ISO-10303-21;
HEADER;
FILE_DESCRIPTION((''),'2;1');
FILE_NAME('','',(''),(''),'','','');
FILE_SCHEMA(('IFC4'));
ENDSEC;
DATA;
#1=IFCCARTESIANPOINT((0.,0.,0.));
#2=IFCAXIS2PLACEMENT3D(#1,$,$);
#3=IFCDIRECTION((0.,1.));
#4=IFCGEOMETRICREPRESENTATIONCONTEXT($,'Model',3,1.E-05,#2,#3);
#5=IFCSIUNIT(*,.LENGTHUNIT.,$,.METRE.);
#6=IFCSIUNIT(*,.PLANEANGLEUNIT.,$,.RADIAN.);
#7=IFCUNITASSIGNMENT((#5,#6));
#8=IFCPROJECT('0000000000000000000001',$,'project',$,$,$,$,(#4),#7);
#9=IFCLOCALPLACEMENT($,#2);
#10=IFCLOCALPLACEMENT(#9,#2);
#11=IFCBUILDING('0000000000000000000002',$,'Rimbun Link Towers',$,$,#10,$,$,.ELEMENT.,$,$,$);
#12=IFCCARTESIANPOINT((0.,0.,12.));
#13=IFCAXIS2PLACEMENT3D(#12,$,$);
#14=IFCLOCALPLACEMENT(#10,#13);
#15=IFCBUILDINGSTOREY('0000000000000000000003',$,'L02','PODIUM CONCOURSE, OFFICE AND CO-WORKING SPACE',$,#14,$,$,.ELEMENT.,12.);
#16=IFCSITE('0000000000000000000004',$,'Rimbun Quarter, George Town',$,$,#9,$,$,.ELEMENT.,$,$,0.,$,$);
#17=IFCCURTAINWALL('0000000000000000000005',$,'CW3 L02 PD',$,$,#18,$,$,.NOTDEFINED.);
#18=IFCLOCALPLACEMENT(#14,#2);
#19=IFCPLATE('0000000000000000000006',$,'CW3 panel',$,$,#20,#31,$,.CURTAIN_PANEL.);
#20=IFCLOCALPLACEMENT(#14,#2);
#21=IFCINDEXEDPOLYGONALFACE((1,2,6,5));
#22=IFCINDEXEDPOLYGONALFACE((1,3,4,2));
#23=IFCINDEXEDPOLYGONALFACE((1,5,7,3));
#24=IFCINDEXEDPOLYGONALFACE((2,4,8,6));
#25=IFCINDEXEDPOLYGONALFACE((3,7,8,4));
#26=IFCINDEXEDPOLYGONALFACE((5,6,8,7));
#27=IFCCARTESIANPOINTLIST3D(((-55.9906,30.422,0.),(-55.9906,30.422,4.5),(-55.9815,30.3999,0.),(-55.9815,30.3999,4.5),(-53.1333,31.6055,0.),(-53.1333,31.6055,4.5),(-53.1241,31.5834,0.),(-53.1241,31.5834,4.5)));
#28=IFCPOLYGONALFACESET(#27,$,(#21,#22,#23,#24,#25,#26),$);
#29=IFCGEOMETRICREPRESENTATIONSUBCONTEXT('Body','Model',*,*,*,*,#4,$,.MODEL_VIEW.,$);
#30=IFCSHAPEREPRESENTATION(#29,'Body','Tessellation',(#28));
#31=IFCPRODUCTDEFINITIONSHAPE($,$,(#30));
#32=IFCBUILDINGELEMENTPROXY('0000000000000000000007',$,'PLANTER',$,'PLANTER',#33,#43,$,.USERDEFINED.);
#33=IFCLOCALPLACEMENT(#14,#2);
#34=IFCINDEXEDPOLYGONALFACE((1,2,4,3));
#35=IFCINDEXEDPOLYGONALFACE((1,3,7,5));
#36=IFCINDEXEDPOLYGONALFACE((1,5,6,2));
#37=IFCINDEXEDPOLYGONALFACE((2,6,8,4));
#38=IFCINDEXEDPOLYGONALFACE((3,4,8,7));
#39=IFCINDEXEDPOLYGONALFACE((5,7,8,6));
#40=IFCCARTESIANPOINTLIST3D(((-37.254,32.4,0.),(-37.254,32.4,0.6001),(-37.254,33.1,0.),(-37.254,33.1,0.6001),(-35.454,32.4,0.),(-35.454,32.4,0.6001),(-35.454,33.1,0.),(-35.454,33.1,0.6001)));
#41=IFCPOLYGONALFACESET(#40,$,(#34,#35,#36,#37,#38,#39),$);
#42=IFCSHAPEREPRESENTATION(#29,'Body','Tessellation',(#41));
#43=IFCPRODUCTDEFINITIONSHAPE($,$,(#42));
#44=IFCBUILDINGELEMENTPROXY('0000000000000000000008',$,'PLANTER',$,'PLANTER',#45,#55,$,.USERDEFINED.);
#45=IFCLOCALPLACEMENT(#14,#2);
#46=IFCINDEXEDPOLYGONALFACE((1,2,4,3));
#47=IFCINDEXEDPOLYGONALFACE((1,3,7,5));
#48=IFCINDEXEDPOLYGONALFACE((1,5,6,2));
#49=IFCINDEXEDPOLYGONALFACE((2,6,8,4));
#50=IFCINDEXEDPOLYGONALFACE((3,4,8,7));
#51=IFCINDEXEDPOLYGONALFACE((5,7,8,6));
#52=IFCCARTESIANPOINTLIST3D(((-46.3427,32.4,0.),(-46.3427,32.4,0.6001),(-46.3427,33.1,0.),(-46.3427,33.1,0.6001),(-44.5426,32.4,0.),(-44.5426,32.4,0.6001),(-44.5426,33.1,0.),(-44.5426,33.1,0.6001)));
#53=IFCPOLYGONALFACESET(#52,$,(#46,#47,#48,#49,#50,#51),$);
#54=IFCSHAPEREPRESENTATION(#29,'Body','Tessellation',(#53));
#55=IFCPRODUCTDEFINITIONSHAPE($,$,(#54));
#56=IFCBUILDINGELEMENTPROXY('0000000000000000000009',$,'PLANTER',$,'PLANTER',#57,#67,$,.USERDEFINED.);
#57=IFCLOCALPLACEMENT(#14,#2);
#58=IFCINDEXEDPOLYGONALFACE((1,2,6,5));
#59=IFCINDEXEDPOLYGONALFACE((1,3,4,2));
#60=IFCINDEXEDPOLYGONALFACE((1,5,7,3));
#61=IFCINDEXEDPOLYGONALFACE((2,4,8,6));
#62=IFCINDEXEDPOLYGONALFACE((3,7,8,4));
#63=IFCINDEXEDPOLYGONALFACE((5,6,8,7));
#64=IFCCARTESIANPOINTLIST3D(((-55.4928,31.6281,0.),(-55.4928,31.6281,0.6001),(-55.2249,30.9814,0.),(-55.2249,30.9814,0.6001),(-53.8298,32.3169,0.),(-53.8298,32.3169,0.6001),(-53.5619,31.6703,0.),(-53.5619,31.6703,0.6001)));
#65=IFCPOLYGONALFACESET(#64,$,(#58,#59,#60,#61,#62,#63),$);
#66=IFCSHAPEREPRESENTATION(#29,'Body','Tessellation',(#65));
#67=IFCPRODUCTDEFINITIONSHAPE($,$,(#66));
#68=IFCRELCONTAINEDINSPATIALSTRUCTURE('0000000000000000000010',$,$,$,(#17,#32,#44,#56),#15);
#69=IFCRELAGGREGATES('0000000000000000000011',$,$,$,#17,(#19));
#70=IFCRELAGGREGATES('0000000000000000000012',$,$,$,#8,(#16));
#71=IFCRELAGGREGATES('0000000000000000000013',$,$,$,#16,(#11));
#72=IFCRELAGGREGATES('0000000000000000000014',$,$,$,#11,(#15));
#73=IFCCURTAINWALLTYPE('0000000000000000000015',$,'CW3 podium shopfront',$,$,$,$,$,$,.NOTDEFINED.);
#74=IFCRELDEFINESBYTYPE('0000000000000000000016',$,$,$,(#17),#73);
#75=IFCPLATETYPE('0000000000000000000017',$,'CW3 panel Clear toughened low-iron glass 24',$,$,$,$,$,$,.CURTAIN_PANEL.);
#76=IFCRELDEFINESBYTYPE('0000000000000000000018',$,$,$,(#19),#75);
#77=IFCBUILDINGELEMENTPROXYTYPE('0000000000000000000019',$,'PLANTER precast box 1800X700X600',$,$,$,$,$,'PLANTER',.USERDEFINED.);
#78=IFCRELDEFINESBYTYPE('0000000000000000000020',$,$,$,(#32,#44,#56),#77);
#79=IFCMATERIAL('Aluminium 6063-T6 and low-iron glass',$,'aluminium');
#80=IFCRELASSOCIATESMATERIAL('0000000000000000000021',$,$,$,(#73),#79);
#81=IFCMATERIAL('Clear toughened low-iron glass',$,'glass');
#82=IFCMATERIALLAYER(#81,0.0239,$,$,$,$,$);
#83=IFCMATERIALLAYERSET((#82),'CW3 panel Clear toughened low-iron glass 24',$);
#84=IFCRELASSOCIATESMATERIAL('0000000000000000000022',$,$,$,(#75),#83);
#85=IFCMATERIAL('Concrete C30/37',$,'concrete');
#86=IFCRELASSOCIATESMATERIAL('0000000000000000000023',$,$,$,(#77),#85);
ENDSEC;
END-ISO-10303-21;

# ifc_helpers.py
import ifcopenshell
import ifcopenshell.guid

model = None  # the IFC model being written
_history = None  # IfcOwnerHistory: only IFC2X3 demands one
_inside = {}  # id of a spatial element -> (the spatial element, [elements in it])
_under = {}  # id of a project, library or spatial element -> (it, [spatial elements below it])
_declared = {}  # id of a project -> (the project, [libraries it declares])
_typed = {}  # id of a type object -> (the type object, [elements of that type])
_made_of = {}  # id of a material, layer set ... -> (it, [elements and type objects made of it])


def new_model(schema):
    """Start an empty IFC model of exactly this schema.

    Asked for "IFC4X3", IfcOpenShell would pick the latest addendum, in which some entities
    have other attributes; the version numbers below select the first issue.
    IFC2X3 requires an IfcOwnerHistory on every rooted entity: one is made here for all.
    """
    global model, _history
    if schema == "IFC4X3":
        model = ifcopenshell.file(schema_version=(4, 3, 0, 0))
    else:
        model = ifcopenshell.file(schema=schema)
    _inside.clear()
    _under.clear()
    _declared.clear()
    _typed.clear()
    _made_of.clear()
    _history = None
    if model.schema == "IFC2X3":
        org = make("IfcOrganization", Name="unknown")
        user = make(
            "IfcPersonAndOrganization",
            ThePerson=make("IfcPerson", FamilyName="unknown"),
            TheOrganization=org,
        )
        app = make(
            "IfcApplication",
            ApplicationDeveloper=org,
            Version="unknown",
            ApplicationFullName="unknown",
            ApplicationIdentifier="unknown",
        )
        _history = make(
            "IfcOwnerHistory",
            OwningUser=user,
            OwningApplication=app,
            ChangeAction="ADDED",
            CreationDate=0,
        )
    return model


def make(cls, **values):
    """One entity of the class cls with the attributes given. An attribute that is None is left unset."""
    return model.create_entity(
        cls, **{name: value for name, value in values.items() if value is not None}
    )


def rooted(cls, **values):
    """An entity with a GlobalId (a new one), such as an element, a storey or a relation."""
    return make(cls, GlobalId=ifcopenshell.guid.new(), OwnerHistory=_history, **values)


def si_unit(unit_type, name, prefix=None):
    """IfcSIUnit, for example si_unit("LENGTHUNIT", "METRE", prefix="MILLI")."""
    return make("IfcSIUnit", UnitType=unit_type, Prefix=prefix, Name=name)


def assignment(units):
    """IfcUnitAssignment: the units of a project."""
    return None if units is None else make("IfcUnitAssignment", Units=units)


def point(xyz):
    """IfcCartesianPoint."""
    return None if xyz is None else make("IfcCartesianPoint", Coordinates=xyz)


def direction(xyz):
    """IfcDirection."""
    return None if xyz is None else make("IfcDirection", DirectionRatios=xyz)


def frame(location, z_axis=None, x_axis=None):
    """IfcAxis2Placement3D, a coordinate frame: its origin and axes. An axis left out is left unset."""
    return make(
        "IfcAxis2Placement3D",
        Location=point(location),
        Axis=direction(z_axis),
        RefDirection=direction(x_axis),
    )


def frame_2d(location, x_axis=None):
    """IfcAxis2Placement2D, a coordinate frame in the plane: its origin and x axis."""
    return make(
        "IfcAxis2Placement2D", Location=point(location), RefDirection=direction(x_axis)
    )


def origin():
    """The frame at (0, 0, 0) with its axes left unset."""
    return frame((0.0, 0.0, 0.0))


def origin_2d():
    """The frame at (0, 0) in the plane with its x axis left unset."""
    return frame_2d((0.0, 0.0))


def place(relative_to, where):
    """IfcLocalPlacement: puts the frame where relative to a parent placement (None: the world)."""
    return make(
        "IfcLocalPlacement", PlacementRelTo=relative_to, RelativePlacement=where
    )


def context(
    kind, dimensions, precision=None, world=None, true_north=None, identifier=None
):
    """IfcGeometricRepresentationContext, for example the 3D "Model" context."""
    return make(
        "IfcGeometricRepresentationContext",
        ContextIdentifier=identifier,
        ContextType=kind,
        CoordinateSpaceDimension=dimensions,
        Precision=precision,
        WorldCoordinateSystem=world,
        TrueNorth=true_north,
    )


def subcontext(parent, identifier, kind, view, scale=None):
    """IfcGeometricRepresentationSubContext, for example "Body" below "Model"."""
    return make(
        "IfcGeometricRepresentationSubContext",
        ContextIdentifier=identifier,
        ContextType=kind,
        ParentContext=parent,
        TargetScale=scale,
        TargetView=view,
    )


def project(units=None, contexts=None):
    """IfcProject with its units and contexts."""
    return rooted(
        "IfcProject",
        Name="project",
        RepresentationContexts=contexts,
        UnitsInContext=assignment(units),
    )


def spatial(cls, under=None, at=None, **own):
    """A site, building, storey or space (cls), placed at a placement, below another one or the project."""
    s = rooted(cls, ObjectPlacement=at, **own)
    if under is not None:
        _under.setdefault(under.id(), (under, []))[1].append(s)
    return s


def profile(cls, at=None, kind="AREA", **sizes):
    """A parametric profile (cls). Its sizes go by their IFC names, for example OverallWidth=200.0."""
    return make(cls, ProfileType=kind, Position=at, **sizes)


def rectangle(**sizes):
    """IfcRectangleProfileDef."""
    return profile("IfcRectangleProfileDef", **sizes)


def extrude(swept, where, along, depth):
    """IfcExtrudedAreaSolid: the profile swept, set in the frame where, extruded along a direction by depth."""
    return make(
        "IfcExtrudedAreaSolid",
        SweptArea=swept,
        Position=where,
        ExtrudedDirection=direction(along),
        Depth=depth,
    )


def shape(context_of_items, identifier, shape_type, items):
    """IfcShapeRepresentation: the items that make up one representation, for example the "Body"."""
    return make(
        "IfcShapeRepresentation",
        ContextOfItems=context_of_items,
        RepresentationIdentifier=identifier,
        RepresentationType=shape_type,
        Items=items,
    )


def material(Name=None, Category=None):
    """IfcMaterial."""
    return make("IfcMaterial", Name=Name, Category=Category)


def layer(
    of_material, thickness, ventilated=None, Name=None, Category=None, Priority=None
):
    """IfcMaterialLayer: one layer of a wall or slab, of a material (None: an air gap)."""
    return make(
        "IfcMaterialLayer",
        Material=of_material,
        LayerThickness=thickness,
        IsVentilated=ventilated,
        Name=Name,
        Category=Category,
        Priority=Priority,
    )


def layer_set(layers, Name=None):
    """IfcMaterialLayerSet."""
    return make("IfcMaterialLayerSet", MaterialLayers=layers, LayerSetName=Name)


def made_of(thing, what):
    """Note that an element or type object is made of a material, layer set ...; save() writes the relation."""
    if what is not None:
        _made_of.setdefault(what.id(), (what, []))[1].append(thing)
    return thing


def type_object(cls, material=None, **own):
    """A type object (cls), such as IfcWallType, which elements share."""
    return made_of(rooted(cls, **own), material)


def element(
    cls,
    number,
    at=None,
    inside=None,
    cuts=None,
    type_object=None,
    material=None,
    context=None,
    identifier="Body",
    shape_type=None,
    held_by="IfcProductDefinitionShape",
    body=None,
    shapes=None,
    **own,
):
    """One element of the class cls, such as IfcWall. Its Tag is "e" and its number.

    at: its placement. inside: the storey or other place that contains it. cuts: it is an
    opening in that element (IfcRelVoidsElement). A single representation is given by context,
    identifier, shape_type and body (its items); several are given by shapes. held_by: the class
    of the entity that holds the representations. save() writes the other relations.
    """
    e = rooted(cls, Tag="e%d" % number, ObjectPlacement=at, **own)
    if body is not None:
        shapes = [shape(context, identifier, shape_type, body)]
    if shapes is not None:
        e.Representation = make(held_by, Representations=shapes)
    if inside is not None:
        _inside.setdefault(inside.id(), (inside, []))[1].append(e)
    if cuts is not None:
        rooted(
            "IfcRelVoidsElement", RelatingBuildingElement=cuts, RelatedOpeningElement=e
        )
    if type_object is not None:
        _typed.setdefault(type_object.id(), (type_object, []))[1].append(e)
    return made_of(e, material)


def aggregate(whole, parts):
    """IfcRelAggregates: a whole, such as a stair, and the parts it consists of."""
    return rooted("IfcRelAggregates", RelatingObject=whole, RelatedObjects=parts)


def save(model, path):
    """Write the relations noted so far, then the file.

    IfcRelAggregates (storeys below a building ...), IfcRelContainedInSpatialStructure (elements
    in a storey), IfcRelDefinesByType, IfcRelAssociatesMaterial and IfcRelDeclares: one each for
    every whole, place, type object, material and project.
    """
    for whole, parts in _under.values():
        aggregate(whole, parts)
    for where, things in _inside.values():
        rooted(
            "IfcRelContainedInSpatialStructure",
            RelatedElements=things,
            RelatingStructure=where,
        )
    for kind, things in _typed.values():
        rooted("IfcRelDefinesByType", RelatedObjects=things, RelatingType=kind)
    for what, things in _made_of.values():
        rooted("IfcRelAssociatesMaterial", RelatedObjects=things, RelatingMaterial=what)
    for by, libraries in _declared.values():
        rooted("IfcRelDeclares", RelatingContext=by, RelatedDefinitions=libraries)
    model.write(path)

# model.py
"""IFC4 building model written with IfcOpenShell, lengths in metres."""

from ifc_helpers import new_model, si_unit, direction, frame, origin, origin_2d, place, context, subcontext, project, spatial, rectangle, extrude, material, layer, layer_set, type_object, element, aggregate, save


model = new_model("IFC4")

# Units and contexts
model_context = context("Model", 3, precision=1e-05, world=origin(), true_north=direction((0.0, 1.0)))
body_context = subcontext(model_context, "Body", "Model", "MODEL_VIEW")
ifc_project = project(units=[si_unit("LENGTHUNIT", "METRE"), si_unit("PLANEANGLEUNIT", "RADIAN")], contexts=[model_context])

# Site, building, storey
site_placement = place(None, origin())
site = spatial("IfcSite", under=ifc_project, at=site_placement, Name="Rimbun Quarter, George Town", CompositionType="ELEMENT", RefElevation=0.0)
building_placement = place(site_placement, origin())
building = spatial("IfcBuilding", under=site, at=building_placement, Name="Rimbun Link Towers", CompositionType="ELEMENT")
storey_placement = place(building_placement, frame((0.0, 0.0, 12.0)))
storey = spatial("IfcBuildingStorey", under=building, at=storey_placement, Name="L02", Description="PODIUM CONCOURSE, OFFICE AND CO-WORKING SPACE", CompositionType="ELEMENT", Elevation=12.0)

# Curtain wall
ifc_material_1 = material(Name="Aluminium 6063-T6 and low-iron glass", Category="aluminium")
curtain_wall_type = type_object("IfcCurtainWallType", Name="CW3 podium shopfront", PredefinedType="NOTDEFINED", material=ifc_material_1)
curtain_wall_placement = place(storey_placement, origin())
curtain_wall = element("IfcCurtainWall", 1, at=curtain_wall_placement, inside=storey, type_object=curtain_wall_type, Name="CW3 L02 PD", PredefinedType="NOTDEFINED")

# Plate
ifc_material_2 = material(Name="Clear toughened low-iron glass", Category="glass")
ifc_layer = layer(ifc_material_2, 0.0239)
ifc_layer_set = layer_set([ifc_layer], Name="CW3 panel Clear toughened low-iron glass 24")
plate_type = type_object("IfcPlateType", Name="CW3 panel Clear toughened low-iron glass 24", PredefinedType="CURTAIN_PANEL", material=ifc_layer_set)
plate_1_placement = place(storey_placement, frame((-54.5574, 31.0027, 0.0), z_axis=(0.0, 0.0, 1.0), x_axis=(0.923881, 0.382679, 0.0)))
plate_1 = element("IfcPlate", 2, at=plate_1_placement, type_object=plate_type, Name="CW3 panel", PredefinedType="CURTAIN_PANEL", context=body_context, shape_type="SweptSolid", body=[
    extrude(rectangle(XDim=3.0928, YDim=0.0239, at=origin_2d()), origin(), (0.0, 0.0, 1.0), 4.5),
])
aggregate(curtain_wall, [plate_1])

# Building element proxies
ifc_material_3 = material(Name="Concrete C30/37", Category="concrete")
building_element_proxy_type = type_object("IfcBuildingElementProxyType", Name="PLANTER precast box 1800X700X600", ElementType="PLANTER", PredefinedType="USERDEFINED", material=ifc_material_3)
for number, where, z_axis, x_axis, name in (
    (3, (-36.354, 32.75, 0.0), (0.0, 0.0, 1.0), (-1.0, 0.0, 0.0), "PLANTER"),
    (4, (-45.4426, 32.75, 0.0), (0.0, 0.0, 1.0), (-1.0, 0.0, 0.0), "PLANTER"),
    (5, (-54.5273, 31.6492, 0.0), (0.0, 0.0, 1.0), (-0.923881, -0.382679, 0.0), "PLANTER"),
):
    element("IfcBuildingElementProxy", number, at=place(storey_placement, frame(where, z_axis=z_axis, x_axis=x_axis)), inside=storey, type_object=building_element_proxy_type, Name=name, ObjectType="PLANTER", PredefinedType="USERDEFINED", context=body_context, shape_type="SweptSolid", body=[
        extrude(rectangle(XDim=1.8, YDim=0.7, at=origin_2d()), origin(), (0.0, 0.0, 1.0), 0.6001),
    ])

save(model, "model.ifc")
